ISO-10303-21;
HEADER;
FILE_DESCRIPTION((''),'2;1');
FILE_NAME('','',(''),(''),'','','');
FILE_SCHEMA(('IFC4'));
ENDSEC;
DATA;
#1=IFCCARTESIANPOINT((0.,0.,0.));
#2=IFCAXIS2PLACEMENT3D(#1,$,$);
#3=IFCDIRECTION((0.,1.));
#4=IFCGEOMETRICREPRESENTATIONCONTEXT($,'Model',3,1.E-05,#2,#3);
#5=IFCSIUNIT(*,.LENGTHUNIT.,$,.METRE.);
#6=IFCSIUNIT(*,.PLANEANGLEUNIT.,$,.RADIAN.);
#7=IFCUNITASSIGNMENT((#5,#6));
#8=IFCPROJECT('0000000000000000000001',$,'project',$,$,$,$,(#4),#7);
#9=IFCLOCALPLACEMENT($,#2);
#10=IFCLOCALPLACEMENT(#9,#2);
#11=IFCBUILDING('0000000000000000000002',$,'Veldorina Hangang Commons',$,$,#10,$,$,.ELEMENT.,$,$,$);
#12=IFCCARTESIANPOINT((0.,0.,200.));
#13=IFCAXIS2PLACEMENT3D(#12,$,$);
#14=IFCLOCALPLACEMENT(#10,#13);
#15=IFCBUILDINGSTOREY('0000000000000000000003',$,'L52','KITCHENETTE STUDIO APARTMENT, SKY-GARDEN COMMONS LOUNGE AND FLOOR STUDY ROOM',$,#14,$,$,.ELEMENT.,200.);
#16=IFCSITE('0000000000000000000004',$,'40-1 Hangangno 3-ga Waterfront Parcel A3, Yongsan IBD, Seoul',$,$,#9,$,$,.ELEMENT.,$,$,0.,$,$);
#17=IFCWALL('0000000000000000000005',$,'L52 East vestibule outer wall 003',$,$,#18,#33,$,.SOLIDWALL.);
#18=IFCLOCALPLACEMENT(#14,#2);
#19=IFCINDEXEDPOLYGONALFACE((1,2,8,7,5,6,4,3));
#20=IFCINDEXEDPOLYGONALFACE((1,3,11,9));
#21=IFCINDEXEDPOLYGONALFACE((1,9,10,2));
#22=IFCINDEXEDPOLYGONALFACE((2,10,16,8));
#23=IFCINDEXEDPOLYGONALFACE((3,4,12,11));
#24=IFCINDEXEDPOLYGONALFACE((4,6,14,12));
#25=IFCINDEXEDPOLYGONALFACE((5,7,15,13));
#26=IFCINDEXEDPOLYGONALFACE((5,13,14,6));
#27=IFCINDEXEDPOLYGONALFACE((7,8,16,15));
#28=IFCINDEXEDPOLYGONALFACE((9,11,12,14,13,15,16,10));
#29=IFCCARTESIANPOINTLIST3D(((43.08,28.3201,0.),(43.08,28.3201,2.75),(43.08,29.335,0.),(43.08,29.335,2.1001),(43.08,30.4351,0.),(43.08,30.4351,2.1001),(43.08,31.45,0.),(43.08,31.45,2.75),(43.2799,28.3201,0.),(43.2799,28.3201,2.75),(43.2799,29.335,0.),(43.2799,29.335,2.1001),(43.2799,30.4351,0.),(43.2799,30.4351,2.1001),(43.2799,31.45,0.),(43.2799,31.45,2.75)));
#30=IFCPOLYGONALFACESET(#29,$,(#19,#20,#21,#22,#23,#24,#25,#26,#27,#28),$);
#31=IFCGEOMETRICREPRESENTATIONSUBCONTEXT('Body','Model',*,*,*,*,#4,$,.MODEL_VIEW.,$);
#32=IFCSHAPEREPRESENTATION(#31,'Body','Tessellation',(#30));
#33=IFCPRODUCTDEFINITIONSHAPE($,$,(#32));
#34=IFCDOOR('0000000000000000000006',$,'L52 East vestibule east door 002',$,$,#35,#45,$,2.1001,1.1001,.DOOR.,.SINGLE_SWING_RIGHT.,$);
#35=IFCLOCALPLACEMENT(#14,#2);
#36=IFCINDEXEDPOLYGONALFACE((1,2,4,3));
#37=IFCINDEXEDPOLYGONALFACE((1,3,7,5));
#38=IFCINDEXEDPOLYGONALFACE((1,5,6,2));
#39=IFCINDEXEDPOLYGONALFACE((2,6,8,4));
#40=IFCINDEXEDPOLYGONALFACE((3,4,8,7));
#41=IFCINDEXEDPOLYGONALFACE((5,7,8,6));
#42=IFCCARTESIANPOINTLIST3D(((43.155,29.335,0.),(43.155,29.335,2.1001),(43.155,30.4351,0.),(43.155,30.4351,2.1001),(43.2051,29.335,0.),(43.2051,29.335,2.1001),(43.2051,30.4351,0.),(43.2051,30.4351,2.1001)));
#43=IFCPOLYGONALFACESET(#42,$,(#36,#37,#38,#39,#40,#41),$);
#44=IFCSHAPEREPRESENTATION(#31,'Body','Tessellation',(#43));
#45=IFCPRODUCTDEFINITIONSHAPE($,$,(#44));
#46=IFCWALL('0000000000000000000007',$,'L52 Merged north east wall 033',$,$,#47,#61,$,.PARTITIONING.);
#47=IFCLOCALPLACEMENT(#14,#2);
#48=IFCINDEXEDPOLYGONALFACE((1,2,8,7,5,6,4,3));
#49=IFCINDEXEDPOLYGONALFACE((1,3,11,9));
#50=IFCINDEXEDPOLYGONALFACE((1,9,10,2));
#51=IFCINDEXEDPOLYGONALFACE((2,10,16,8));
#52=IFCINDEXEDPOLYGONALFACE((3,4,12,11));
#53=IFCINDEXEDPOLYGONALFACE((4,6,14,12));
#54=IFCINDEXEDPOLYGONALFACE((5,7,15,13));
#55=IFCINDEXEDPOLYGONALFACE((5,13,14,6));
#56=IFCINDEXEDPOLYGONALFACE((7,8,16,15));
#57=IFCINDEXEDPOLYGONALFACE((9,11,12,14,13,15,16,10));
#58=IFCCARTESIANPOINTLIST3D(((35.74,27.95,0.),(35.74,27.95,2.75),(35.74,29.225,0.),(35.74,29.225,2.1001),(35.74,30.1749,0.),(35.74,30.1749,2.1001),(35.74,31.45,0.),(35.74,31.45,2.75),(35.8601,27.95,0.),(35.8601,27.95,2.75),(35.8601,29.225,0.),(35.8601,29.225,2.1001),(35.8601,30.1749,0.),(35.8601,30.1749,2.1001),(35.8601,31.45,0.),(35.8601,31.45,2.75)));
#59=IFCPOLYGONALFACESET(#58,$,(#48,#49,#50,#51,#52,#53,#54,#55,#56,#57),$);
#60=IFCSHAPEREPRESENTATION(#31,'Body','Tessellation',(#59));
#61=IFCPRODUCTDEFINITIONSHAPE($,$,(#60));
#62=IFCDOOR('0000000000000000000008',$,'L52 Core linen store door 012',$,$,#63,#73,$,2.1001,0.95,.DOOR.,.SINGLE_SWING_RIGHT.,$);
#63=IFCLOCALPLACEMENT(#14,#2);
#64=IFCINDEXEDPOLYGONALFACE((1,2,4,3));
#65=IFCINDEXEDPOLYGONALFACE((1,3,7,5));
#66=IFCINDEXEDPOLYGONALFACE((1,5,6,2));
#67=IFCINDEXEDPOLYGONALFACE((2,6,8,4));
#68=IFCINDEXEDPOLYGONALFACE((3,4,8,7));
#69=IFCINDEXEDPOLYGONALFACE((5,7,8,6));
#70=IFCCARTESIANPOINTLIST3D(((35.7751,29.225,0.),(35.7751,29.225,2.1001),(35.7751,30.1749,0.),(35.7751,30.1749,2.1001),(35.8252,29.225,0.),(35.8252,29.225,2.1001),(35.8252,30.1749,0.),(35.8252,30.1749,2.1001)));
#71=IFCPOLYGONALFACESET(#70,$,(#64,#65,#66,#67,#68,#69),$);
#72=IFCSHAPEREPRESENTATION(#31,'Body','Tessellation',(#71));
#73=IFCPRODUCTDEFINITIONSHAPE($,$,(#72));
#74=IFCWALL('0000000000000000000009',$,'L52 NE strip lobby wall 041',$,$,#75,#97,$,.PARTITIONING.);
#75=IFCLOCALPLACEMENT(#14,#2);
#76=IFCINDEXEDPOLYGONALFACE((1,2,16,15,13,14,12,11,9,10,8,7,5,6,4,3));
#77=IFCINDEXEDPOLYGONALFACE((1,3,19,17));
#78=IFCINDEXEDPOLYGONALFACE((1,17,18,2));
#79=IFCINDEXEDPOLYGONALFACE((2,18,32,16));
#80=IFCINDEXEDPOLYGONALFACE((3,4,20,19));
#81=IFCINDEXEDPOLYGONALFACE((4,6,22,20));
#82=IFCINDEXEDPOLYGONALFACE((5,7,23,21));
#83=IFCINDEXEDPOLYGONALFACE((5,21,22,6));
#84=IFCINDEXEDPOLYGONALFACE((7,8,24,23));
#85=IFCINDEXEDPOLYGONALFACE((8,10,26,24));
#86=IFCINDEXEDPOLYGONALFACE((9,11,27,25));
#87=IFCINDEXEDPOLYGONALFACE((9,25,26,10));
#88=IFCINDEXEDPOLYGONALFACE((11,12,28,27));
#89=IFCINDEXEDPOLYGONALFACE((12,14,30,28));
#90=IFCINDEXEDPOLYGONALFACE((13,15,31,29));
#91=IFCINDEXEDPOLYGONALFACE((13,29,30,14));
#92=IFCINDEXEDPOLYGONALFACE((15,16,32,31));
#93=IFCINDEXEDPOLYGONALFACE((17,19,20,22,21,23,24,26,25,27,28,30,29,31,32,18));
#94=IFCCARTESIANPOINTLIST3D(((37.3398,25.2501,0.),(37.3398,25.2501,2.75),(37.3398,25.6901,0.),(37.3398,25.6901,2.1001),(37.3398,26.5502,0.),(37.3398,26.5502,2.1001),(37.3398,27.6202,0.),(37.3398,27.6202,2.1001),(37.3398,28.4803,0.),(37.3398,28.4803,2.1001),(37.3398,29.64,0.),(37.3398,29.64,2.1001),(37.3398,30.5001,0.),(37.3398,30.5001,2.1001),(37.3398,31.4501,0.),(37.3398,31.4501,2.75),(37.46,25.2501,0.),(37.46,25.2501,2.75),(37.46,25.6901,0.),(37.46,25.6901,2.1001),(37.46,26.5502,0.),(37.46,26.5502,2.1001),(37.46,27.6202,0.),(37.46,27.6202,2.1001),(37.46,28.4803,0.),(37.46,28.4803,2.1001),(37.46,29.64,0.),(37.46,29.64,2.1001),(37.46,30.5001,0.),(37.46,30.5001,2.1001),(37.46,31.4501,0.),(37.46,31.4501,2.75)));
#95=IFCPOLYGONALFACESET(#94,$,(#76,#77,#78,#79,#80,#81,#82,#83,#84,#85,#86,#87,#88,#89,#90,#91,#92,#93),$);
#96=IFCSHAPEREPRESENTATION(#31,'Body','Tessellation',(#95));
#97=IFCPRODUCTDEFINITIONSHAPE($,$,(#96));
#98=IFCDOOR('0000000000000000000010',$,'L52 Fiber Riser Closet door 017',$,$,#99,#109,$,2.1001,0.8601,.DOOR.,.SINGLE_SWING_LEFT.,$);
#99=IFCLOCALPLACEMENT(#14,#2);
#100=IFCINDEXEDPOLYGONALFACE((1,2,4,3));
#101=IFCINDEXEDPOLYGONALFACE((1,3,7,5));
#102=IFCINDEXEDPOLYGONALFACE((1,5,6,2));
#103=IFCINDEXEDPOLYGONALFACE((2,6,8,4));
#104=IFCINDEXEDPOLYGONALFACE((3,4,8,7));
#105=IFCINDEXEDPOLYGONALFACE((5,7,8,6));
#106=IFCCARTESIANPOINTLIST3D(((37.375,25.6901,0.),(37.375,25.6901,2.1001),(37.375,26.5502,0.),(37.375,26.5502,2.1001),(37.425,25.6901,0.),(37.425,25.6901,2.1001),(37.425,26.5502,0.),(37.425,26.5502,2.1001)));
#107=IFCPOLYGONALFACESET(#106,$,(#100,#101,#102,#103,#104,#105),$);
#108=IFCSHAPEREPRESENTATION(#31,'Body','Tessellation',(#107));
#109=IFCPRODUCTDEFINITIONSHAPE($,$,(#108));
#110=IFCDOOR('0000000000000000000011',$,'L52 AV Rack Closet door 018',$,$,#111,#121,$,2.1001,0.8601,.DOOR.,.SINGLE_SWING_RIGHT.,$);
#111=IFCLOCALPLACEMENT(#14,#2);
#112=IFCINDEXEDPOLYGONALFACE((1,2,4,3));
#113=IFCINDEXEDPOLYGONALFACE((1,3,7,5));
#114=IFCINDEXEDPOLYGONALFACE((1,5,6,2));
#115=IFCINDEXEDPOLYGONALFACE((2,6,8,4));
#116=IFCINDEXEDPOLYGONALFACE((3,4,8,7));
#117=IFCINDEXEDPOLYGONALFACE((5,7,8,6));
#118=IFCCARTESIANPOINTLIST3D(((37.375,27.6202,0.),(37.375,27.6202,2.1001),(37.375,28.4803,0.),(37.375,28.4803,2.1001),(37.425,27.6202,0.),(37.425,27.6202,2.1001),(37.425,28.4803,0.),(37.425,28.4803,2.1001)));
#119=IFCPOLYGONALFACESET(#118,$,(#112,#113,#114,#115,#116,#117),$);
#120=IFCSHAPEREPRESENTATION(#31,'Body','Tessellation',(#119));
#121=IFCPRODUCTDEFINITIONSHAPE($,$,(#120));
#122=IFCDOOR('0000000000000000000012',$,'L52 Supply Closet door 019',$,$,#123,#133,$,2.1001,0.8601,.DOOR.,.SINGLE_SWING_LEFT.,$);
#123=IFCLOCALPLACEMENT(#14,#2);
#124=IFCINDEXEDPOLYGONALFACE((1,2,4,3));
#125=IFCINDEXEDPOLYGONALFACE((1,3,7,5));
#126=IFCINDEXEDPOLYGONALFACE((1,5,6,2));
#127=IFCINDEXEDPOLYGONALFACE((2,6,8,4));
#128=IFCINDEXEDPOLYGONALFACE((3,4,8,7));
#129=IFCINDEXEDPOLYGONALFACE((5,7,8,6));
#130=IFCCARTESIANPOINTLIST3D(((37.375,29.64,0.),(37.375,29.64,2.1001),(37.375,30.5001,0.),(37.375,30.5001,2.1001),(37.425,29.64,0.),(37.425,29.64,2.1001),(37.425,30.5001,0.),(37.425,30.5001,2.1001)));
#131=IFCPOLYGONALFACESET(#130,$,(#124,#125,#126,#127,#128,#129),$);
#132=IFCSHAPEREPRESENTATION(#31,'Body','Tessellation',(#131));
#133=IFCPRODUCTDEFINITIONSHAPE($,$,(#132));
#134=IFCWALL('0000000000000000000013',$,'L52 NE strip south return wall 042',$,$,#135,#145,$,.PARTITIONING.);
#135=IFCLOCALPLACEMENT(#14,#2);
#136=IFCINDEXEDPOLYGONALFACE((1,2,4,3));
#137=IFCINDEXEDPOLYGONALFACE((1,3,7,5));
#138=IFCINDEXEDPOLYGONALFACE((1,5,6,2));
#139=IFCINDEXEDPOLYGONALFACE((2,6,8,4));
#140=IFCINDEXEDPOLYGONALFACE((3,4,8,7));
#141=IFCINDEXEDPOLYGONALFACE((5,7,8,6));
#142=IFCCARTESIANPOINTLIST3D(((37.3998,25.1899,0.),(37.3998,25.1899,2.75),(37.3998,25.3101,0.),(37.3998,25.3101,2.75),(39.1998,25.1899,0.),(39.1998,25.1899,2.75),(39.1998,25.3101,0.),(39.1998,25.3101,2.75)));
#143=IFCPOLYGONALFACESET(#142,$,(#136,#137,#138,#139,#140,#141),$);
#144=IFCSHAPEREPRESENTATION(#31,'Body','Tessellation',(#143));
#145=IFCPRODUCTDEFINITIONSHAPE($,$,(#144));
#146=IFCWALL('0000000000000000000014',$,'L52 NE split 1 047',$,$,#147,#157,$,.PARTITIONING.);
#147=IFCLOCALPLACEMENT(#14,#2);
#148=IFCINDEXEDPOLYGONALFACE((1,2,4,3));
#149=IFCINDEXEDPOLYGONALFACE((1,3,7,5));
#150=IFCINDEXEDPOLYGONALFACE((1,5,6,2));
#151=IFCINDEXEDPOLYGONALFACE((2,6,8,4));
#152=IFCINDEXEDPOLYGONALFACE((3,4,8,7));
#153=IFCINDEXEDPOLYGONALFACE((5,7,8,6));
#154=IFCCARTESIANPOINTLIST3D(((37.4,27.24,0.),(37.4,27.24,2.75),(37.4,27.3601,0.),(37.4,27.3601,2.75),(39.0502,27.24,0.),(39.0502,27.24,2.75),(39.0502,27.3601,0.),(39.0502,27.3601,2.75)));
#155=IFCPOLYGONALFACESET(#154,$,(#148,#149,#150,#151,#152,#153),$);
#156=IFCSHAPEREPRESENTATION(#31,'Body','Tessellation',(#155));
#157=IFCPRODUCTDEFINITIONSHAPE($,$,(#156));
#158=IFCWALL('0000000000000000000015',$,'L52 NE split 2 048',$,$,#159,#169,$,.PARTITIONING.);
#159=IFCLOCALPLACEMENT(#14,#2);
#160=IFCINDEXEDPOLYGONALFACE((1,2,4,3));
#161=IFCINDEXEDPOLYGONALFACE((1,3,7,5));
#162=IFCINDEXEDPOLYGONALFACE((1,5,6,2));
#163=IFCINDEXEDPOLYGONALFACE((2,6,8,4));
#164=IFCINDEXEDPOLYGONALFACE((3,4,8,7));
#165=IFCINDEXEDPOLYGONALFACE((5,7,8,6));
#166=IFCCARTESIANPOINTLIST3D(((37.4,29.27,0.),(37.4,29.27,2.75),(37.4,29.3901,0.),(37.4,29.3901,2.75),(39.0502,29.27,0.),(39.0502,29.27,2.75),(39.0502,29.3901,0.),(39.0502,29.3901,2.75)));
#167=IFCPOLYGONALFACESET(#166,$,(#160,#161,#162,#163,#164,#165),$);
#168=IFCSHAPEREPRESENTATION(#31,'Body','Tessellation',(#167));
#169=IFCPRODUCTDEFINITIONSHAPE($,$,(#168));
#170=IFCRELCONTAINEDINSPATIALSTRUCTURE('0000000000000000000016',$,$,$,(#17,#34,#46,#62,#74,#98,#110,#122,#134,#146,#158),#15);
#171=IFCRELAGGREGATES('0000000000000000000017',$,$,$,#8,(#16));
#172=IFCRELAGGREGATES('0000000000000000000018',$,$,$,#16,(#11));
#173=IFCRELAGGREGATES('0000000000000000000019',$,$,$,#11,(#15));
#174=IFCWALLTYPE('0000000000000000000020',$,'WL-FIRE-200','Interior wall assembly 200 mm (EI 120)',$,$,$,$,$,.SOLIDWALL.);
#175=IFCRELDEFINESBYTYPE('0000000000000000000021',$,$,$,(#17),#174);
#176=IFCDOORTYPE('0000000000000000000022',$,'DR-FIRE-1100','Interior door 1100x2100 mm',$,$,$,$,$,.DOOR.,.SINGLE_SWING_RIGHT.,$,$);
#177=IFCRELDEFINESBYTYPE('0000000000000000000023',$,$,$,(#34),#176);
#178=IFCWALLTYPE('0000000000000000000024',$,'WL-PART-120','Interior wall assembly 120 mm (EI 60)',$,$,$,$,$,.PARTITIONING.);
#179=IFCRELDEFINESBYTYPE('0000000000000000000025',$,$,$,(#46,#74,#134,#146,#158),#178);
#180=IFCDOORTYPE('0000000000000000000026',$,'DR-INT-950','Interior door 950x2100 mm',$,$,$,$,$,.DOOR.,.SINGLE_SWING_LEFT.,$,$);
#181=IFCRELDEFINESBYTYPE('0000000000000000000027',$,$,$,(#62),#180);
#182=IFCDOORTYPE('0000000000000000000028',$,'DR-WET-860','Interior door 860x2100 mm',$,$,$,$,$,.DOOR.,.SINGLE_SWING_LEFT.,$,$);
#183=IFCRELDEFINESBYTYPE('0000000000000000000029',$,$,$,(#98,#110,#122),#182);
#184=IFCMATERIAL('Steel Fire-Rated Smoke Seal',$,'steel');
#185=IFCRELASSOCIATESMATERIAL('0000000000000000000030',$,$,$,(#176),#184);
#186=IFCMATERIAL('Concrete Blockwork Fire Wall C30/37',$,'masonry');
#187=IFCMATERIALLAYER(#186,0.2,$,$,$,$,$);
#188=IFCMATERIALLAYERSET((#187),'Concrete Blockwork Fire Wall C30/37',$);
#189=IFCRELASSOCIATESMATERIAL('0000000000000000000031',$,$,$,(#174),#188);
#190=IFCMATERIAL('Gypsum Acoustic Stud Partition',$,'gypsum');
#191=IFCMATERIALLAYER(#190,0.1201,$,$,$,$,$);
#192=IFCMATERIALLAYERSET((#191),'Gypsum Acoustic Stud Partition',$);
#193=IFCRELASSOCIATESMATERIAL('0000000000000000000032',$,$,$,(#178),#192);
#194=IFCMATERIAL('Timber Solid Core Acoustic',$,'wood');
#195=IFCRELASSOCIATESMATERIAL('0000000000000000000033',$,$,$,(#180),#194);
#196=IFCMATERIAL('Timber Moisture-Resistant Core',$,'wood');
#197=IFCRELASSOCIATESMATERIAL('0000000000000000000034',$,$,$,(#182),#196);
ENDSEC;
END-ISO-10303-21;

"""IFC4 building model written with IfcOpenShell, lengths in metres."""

from ifc_helpers import new_model, si_unit, direction, frame, frame_2d, origin, place, context, subcontext, project, spatial, rectangle, extrude, material, layer, layer_set, type_object, element, fill, save


model = new_model("IFC4")

# Units and contexts
model_context = context("Model", 3, precision=1e-05, world=origin(), true_north=direction((0.0, 1.0)))
body_context = subcontext(model_context, "Body", "Model", "MODEL_VIEW")
ifc_project = project(units=[si_unit("LENGTHUNIT", "METRE"), si_unit("PLANEANGLEUNIT", "RADIAN")], contexts=[model_context])

# Site, building, storey
site_placement = place(None, origin())
site = spatial("IfcSite", under=ifc_project, at=site_placement, Name="40-1 Hangangno 3-ga Waterfront Parcel A3, Yongsan IBD, Seoul", CompositionType="ELEMENT", RefElevation=0.0)
building_placement = place(site_placement, origin())
building = spatial("IfcBuilding", under=site, at=building_placement, Name="Veldorina Hangang Commons", CompositionType="ELEMENT")
storey_placement = place(building_placement, frame((0.0, 0.0, 200.0)))
storey = spatial("IfcBuildingStorey", under=building, at=storey_placement, Name="L52", Description="KITCHENETTE STUDIO APARTMENT, SKY-GARDEN COMMONS LOUNGE AND FLOOR STUDY ROOM", CompositionType="ELEMENT", Elevation=200.0)

# Shared definitions
ifc_material_1 = material(Name="Steel Fire-Rated Smoke Seal", Category="steel")
door_type_1 = type_object("IfcDoorType", Name="DR-FIRE-1100", Description="Interior door 1100x2100 mm", OperationType="SINGLE_SWING_RIGHT", PredefinedType="DOOR", material=ifc_material_1)

# Walls, openings, doors
ifc_material_2 = material(Name="Concrete Blockwork Fire Wall C30/37", Category="masonry")
ifc_layer_1 = layer(ifc_material_2, 0.2)
ifc_layer_set_1 = layer_set([ifc_layer_1], Name="Concrete Blockwork Fire Wall C30/37")
wall_type_1 = type_object("IfcWallType", Name="WL-FIRE-200", Description="Interior wall assembly 200 mm (EI 120)", PredefinedType="SOLIDWALL", material=ifc_layer_set_1)
wall_1_placement = place(storey_placement, frame((43.1799, 28.3201, 0.0), z_axis=(0.0, 0.0, 1.0), x_axis=(0.0, 1.0, 0.0)))
wall_1 = element("IfcWall", 1, at=wall_1_placement, inside=storey, type_object=wall_type_1, Name="L52 East vestibule outer wall 003", PredefinedType="SOLIDWALL", context=body_context, shape_type="SweptSolid", body=[
    extrude(rectangle(XDim=3.1299, YDim=0.2, at=frame_2d((1.5649, 0.0))), origin(), (0.0, 0.0, 1.0), 2.75),
])
opening_1_placement = place(wall_1_placement, frame((1.0149, 0.0, 0.0)))
opening_1 = element("IfcOpeningElement", 2, at=opening_1_placement, cuts=wall_1, PredefinedType="OPENING", context=body_context, shape_type="SweptSolid", body=[
    extrude(rectangle(XDim=1.1001, YDim=2.1001, at=frame_2d((0.55, 1.05))), frame((0.0, 0.1099, 0.0), z_axis=(0.0, -1.0, 0.0), x_axis=(1.0, 0.0, 0.0)), (0.0, 0.0, 1.0), 0.22),
])
door_1_placement = place(opening_1_placement, origin())
door_1 = element("IfcDoor", 3, at=door_1_placement, inside=storey, type_object=door_type_1, Name="L52 East vestibule east door 002", OperationType="SINGLE_SWING_RIGHT", OverallHeight=2.1001, OverallWidth=1.1001, PredefinedType="DOOR", context=body_context, shape_type="SweptSolid", body=[
    extrude(rectangle(XDim=1.1001, YDim=2.1001, at=frame_2d((0.55, 1.05))), frame((0.0, 0.0249, 0.0), z_axis=(0.0, -1.0, 0.0), x_axis=(1.0, 0.0, 0.0)), (0.0, 0.0, 1.0), 0.05),
])
fill(opening_1, door_1)
ifc_material_3 = material(Name="Gypsum Acoustic Stud Partition", Category="gypsum")
ifc_layer_2 = layer(ifc_material_3, 0.1201)
ifc_layer_set_2 = layer_set([ifc_layer_2], Name="Gypsum Acoustic Stud Partition")
wall_type_2 = type_object("IfcWallType", Name="WL-PART-120", Description="Interior wall assembly 120 mm (EI 60)", PredefinedType="PARTITIONING", material=ifc_layer_set_2)
wall_2_placement = place(storey_placement, frame((35.8, 27.95, 0.0), z_axis=(0.0, 0.0, 1.0), x_axis=(0.0, 1.0, 0.0)))
wall_2 = element("IfcWall", 4, at=wall_2_placement, inside=storey, type_object=wall_type_2, Name="L52 Merged north east wall 033", PredefinedType="PARTITIONING", context=body_context, shape_type="SweptSolid", body=[
    extrude(rectangle(XDim=3.5, YDim=0.1201, at=frame_2d((1.75, 0.0))), origin(), (0.0, 0.0, 1.0), 2.75),
])
opening_2_placement = place(wall_2_placement, frame((1.2749, 0.0, 0.0)))
opening_2 = element("IfcOpeningElement", 5, at=opening_2_placement, cuts=wall_2, PredefinedType="OPENING", context=body_context, shape_type="SweptSolid", body=[
    extrude(rectangle(XDim=0.95, YDim=2.1001, at=frame_2d((0.4751, 1.05))), frame((0.0, 0.0701, 0.0), z_axis=(0.0, -1.0, 0.0), x_axis=(1.0, 0.0, 0.0)), (0.0, 0.0, 1.0), 0.1401),
])
ifc_material_4 = material(Name="Timber Solid Core Acoustic", Category="wood")
door_type_2 = type_object("IfcDoorType", Name="DR-INT-950", Description="Interior door 950x2100 mm", OperationType="SINGLE_SWING_LEFT", PredefinedType="DOOR", material=ifc_material_4)
door_2_placement = place(opening_2_placement, origin())
door_2 = element("IfcDoor", 6, at=door_2_placement, inside=storey, type_object=door_type_2, Name="L52 Core linen store door 012", OperationType="SINGLE_SWING_RIGHT", OverallHeight=2.1001, OverallWidth=0.95, PredefinedType="DOOR", context=body_context, shape_type="SweptSolid", body=[
    extrude(rectangle(XDim=0.95, YDim=2.1001, at=frame_2d((0.4751, 1.05))), frame((0.0, 0.0249, 0.0), z_axis=(0.0, -1.0, 0.0), x_axis=(1.0, 0.0, 0.0)), (0.0, 0.0, 1.0), 0.05),
])
fill(opening_2, door_2)

# Wall, openings, doors
wall_3_placement = place(storey_placement, frame((37.3999, 25.25, 0.0), z_axis=(0.0, 0.0, 1.0), x_axis=(0.0, 1.0, 0.0)))
wall_3 = element("IfcWall", 7, at=wall_3_placement, inside=storey, type_object=wall_type_2, Name="L52 NE strip lobby wall 041", PredefinedType="PARTITIONING", context=body_context, shape_type="SweptSolid", body=[
    extrude(rectangle(XDim=6.2, YDim=0.1201, at=frame_2d((3.1001, 0.0))), origin(), (0.0, 0.0, 1.0), 2.75),
])
opening_3_placement = place(wall_3_placement, frame((0.4399, 0.0, 0.0)))
opening_3 = element("IfcOpeningElement", 8, at=opening_3_placement, cuts=wall_3, PredefinedType="OPENING", context=body_context, shape_type="SweptSolid", body=[
    extrude(rectangle(XDim=0.8601, YDim=2.1001, at=frame_2d((0.4302, 1.05))), frame((0.0, 0.0701, 0.0), z_axis=(0.0, -1.0, 0.0), x_axis=(1.0, 0.0, 0.0)), (0.0, 0.0, 1.0), 0.1401),
])
opening_4_placement = place(wall_3_placement, frame((2.3701, 0.0, 0.0)))
opening_4 = element("IfcOpeningElement", 9, at=opening_4_placement, cuts=wall_3, PredefinedType="OPENING", context=body_context, shape_type="SweptSolid", body=[
    extrude(rectangle(XDim=0.8601, YDim=2.1001, at=frame_2d((0.4302, 1.05))), frame((0.0, 0.0701, 0.0), z_axis=(0.0, -1.0, 0.0), x_axis=(1.0, 0.0, 0.0)), (0.0, 0.0, 1.0), 0.1401),
])
opening_5_placement = place(wall_3_placement, frame((4.3899, 0.0, 0.0)))
opening_5 = element("IfcOpeningElement", 10, at=opening_5_placement, cuts=wall_3, PredefinedType="OPENING", context=body_context, shape_type="SweptSolid", body=[
    extrude(rectangle(XDim=0.8601, YDim=2.1001, at=frame_2d((0.4302, 1.05))), frame((0.0, 0.0701, 0.0), z_axis=(0.0, -1.0, 0.0), x_axis=(1.0, 0.0, 0.0)), (0.0, 0.0, 1.0), 0.1401),
])
ifc_material_5 = material(Name="Timber Moisture-Resistant Core", Category="wood")
door_type_3 = type_object("IfcDoorType", Name="DR-WET-860", Description="Interior door 860x2100 mm", OperationType="SINGLE_SWING_LEFT", PredefinedType="DOOR", material=ifc_material_5)
door_3_placement = place(opening_3_placement, origin())
door_3 = element("IfcDoor", 11, at=door_3_placement, inside=storey, type_object=door_type_3, Name="L52 Fiber Riser Closet door 017", OperationType="SINGLE_SWING_LEFT", OverallHeight=2.1001, OverallWidth=0.8601, PredefinedType="DOOR", context=body_context, shape_type="SweptSolid", body=[
    extrude(rectangle(XDim=0.8601, YDim=2.1001, at=frame_2d((0.4302, 1.05))), frame((0.0, 0.0249, 0.0), z_axis=(0.0, -1.0, 0.0), x_axis=(1.0, 0.0, 0.0)), (0.0, 0.0, 1.0), 0.05),
])
fill(opening_3, door_3)
door_4_placement = place(opening_4_placement, origin())
door_4 = element("IfcDoor", 12, at=door_4_placement, inside=storey, type_object=door_type_3, Name="L52 AV Rack Closet door 018", OperationType="SINGLE_SWING_RIGHT", OverallHeight=2.1001, OverallWidth=0.8601, PredefinedType="DOOR", context=body_context, shape_type="SweptSolid", body=[
    extrude(rectangle(XDim=0.8601, YDim=2.1001, at=frame_2d((0.4302, 1.05))), frame((0.0, 0.0249, 0.0), z_axis=(0.0, -1.0, 0.0), x_axis=(1.0, 0.0, 0.0)), (0.0, 0.0, 1.0), 0.05),
])
fill(opening_4, door_4)
door_5_placement = place(opening_5_placement, origin())
door_5 = element("IfcDoor", 13, at=door_5_placement, inside=storey, type_object=door_type_3, Name="L52 Supply Closet door 019", OperationType="SINGLE_SWING_LEFT", OverallHeight=2.1001, OverallWidth=0.8601, PredefinedType="DOOR", context=body_context, shape_type="SweptSolid", body=[
    extrude(rectangle(XDim=0.8601, YDim=2.1001, at=frame_2d((0.4302, 1.05))), frame((0.0, 0.0249, 0.0), z_axis=(0.0, -1.0, 0.0), x_axis=(1.0, 0.0, 0.0)), (0.0, 0.0, 1.0), 0.05),
])
fill(opening_5, door_5)

# Walls
wall_4_placement = place(storey_placement, frame((37.3999, 25.25, 0.0), z_axis=(0.0, 0.0, 1.0), x_axis=(1.0, 0.0, 0.0)))
element("IfcWall", 14, at=wall_4_placement, inside=storey, type_object=wall_type_2, Name="L52 NE strip south return wall 042", PredefinedType="PARTITIONING", context=body_context, shape_type="SweptSolid", body=[
    extrude(rectangle(XDim=1.8, YDim=0.1201, at=frame_2d((0.8999, 0.0))), origin(), (0.0, 0.0, 1.0), 2.75),
])
for number, where, z_axis, x_axis, name in (
    (15, (37.3999, 27.3, 0.0), (0.0, 0.0, 1.0), (1.0, 0.0, 0.0), "L52 NE split 1 047"),
    (16, (37.3999, 29.3301, 0.0), (0.0, 0.0, 1.0), (1.0, 0.0, 0.0), "L52 NE split 2 048"),
):
    element("IfcWall", number, at=place(storey_placement, frame(where, z_axis=z_axis, x_axis=x_axis)), inside=storey, type_object=wall_type_2, Name=name, PredefinedType="PARTITIONING", context=body_context, shape_type="SweptSolid", body=[
        extrude(rectangle(XDim=1.6501, YDim=0.1201, at=frame_2d((0.8252, 0.0))), origin(), (0.0, 0.0, 1.0), 2.75),
    ])

save(model, "model.ifc")
